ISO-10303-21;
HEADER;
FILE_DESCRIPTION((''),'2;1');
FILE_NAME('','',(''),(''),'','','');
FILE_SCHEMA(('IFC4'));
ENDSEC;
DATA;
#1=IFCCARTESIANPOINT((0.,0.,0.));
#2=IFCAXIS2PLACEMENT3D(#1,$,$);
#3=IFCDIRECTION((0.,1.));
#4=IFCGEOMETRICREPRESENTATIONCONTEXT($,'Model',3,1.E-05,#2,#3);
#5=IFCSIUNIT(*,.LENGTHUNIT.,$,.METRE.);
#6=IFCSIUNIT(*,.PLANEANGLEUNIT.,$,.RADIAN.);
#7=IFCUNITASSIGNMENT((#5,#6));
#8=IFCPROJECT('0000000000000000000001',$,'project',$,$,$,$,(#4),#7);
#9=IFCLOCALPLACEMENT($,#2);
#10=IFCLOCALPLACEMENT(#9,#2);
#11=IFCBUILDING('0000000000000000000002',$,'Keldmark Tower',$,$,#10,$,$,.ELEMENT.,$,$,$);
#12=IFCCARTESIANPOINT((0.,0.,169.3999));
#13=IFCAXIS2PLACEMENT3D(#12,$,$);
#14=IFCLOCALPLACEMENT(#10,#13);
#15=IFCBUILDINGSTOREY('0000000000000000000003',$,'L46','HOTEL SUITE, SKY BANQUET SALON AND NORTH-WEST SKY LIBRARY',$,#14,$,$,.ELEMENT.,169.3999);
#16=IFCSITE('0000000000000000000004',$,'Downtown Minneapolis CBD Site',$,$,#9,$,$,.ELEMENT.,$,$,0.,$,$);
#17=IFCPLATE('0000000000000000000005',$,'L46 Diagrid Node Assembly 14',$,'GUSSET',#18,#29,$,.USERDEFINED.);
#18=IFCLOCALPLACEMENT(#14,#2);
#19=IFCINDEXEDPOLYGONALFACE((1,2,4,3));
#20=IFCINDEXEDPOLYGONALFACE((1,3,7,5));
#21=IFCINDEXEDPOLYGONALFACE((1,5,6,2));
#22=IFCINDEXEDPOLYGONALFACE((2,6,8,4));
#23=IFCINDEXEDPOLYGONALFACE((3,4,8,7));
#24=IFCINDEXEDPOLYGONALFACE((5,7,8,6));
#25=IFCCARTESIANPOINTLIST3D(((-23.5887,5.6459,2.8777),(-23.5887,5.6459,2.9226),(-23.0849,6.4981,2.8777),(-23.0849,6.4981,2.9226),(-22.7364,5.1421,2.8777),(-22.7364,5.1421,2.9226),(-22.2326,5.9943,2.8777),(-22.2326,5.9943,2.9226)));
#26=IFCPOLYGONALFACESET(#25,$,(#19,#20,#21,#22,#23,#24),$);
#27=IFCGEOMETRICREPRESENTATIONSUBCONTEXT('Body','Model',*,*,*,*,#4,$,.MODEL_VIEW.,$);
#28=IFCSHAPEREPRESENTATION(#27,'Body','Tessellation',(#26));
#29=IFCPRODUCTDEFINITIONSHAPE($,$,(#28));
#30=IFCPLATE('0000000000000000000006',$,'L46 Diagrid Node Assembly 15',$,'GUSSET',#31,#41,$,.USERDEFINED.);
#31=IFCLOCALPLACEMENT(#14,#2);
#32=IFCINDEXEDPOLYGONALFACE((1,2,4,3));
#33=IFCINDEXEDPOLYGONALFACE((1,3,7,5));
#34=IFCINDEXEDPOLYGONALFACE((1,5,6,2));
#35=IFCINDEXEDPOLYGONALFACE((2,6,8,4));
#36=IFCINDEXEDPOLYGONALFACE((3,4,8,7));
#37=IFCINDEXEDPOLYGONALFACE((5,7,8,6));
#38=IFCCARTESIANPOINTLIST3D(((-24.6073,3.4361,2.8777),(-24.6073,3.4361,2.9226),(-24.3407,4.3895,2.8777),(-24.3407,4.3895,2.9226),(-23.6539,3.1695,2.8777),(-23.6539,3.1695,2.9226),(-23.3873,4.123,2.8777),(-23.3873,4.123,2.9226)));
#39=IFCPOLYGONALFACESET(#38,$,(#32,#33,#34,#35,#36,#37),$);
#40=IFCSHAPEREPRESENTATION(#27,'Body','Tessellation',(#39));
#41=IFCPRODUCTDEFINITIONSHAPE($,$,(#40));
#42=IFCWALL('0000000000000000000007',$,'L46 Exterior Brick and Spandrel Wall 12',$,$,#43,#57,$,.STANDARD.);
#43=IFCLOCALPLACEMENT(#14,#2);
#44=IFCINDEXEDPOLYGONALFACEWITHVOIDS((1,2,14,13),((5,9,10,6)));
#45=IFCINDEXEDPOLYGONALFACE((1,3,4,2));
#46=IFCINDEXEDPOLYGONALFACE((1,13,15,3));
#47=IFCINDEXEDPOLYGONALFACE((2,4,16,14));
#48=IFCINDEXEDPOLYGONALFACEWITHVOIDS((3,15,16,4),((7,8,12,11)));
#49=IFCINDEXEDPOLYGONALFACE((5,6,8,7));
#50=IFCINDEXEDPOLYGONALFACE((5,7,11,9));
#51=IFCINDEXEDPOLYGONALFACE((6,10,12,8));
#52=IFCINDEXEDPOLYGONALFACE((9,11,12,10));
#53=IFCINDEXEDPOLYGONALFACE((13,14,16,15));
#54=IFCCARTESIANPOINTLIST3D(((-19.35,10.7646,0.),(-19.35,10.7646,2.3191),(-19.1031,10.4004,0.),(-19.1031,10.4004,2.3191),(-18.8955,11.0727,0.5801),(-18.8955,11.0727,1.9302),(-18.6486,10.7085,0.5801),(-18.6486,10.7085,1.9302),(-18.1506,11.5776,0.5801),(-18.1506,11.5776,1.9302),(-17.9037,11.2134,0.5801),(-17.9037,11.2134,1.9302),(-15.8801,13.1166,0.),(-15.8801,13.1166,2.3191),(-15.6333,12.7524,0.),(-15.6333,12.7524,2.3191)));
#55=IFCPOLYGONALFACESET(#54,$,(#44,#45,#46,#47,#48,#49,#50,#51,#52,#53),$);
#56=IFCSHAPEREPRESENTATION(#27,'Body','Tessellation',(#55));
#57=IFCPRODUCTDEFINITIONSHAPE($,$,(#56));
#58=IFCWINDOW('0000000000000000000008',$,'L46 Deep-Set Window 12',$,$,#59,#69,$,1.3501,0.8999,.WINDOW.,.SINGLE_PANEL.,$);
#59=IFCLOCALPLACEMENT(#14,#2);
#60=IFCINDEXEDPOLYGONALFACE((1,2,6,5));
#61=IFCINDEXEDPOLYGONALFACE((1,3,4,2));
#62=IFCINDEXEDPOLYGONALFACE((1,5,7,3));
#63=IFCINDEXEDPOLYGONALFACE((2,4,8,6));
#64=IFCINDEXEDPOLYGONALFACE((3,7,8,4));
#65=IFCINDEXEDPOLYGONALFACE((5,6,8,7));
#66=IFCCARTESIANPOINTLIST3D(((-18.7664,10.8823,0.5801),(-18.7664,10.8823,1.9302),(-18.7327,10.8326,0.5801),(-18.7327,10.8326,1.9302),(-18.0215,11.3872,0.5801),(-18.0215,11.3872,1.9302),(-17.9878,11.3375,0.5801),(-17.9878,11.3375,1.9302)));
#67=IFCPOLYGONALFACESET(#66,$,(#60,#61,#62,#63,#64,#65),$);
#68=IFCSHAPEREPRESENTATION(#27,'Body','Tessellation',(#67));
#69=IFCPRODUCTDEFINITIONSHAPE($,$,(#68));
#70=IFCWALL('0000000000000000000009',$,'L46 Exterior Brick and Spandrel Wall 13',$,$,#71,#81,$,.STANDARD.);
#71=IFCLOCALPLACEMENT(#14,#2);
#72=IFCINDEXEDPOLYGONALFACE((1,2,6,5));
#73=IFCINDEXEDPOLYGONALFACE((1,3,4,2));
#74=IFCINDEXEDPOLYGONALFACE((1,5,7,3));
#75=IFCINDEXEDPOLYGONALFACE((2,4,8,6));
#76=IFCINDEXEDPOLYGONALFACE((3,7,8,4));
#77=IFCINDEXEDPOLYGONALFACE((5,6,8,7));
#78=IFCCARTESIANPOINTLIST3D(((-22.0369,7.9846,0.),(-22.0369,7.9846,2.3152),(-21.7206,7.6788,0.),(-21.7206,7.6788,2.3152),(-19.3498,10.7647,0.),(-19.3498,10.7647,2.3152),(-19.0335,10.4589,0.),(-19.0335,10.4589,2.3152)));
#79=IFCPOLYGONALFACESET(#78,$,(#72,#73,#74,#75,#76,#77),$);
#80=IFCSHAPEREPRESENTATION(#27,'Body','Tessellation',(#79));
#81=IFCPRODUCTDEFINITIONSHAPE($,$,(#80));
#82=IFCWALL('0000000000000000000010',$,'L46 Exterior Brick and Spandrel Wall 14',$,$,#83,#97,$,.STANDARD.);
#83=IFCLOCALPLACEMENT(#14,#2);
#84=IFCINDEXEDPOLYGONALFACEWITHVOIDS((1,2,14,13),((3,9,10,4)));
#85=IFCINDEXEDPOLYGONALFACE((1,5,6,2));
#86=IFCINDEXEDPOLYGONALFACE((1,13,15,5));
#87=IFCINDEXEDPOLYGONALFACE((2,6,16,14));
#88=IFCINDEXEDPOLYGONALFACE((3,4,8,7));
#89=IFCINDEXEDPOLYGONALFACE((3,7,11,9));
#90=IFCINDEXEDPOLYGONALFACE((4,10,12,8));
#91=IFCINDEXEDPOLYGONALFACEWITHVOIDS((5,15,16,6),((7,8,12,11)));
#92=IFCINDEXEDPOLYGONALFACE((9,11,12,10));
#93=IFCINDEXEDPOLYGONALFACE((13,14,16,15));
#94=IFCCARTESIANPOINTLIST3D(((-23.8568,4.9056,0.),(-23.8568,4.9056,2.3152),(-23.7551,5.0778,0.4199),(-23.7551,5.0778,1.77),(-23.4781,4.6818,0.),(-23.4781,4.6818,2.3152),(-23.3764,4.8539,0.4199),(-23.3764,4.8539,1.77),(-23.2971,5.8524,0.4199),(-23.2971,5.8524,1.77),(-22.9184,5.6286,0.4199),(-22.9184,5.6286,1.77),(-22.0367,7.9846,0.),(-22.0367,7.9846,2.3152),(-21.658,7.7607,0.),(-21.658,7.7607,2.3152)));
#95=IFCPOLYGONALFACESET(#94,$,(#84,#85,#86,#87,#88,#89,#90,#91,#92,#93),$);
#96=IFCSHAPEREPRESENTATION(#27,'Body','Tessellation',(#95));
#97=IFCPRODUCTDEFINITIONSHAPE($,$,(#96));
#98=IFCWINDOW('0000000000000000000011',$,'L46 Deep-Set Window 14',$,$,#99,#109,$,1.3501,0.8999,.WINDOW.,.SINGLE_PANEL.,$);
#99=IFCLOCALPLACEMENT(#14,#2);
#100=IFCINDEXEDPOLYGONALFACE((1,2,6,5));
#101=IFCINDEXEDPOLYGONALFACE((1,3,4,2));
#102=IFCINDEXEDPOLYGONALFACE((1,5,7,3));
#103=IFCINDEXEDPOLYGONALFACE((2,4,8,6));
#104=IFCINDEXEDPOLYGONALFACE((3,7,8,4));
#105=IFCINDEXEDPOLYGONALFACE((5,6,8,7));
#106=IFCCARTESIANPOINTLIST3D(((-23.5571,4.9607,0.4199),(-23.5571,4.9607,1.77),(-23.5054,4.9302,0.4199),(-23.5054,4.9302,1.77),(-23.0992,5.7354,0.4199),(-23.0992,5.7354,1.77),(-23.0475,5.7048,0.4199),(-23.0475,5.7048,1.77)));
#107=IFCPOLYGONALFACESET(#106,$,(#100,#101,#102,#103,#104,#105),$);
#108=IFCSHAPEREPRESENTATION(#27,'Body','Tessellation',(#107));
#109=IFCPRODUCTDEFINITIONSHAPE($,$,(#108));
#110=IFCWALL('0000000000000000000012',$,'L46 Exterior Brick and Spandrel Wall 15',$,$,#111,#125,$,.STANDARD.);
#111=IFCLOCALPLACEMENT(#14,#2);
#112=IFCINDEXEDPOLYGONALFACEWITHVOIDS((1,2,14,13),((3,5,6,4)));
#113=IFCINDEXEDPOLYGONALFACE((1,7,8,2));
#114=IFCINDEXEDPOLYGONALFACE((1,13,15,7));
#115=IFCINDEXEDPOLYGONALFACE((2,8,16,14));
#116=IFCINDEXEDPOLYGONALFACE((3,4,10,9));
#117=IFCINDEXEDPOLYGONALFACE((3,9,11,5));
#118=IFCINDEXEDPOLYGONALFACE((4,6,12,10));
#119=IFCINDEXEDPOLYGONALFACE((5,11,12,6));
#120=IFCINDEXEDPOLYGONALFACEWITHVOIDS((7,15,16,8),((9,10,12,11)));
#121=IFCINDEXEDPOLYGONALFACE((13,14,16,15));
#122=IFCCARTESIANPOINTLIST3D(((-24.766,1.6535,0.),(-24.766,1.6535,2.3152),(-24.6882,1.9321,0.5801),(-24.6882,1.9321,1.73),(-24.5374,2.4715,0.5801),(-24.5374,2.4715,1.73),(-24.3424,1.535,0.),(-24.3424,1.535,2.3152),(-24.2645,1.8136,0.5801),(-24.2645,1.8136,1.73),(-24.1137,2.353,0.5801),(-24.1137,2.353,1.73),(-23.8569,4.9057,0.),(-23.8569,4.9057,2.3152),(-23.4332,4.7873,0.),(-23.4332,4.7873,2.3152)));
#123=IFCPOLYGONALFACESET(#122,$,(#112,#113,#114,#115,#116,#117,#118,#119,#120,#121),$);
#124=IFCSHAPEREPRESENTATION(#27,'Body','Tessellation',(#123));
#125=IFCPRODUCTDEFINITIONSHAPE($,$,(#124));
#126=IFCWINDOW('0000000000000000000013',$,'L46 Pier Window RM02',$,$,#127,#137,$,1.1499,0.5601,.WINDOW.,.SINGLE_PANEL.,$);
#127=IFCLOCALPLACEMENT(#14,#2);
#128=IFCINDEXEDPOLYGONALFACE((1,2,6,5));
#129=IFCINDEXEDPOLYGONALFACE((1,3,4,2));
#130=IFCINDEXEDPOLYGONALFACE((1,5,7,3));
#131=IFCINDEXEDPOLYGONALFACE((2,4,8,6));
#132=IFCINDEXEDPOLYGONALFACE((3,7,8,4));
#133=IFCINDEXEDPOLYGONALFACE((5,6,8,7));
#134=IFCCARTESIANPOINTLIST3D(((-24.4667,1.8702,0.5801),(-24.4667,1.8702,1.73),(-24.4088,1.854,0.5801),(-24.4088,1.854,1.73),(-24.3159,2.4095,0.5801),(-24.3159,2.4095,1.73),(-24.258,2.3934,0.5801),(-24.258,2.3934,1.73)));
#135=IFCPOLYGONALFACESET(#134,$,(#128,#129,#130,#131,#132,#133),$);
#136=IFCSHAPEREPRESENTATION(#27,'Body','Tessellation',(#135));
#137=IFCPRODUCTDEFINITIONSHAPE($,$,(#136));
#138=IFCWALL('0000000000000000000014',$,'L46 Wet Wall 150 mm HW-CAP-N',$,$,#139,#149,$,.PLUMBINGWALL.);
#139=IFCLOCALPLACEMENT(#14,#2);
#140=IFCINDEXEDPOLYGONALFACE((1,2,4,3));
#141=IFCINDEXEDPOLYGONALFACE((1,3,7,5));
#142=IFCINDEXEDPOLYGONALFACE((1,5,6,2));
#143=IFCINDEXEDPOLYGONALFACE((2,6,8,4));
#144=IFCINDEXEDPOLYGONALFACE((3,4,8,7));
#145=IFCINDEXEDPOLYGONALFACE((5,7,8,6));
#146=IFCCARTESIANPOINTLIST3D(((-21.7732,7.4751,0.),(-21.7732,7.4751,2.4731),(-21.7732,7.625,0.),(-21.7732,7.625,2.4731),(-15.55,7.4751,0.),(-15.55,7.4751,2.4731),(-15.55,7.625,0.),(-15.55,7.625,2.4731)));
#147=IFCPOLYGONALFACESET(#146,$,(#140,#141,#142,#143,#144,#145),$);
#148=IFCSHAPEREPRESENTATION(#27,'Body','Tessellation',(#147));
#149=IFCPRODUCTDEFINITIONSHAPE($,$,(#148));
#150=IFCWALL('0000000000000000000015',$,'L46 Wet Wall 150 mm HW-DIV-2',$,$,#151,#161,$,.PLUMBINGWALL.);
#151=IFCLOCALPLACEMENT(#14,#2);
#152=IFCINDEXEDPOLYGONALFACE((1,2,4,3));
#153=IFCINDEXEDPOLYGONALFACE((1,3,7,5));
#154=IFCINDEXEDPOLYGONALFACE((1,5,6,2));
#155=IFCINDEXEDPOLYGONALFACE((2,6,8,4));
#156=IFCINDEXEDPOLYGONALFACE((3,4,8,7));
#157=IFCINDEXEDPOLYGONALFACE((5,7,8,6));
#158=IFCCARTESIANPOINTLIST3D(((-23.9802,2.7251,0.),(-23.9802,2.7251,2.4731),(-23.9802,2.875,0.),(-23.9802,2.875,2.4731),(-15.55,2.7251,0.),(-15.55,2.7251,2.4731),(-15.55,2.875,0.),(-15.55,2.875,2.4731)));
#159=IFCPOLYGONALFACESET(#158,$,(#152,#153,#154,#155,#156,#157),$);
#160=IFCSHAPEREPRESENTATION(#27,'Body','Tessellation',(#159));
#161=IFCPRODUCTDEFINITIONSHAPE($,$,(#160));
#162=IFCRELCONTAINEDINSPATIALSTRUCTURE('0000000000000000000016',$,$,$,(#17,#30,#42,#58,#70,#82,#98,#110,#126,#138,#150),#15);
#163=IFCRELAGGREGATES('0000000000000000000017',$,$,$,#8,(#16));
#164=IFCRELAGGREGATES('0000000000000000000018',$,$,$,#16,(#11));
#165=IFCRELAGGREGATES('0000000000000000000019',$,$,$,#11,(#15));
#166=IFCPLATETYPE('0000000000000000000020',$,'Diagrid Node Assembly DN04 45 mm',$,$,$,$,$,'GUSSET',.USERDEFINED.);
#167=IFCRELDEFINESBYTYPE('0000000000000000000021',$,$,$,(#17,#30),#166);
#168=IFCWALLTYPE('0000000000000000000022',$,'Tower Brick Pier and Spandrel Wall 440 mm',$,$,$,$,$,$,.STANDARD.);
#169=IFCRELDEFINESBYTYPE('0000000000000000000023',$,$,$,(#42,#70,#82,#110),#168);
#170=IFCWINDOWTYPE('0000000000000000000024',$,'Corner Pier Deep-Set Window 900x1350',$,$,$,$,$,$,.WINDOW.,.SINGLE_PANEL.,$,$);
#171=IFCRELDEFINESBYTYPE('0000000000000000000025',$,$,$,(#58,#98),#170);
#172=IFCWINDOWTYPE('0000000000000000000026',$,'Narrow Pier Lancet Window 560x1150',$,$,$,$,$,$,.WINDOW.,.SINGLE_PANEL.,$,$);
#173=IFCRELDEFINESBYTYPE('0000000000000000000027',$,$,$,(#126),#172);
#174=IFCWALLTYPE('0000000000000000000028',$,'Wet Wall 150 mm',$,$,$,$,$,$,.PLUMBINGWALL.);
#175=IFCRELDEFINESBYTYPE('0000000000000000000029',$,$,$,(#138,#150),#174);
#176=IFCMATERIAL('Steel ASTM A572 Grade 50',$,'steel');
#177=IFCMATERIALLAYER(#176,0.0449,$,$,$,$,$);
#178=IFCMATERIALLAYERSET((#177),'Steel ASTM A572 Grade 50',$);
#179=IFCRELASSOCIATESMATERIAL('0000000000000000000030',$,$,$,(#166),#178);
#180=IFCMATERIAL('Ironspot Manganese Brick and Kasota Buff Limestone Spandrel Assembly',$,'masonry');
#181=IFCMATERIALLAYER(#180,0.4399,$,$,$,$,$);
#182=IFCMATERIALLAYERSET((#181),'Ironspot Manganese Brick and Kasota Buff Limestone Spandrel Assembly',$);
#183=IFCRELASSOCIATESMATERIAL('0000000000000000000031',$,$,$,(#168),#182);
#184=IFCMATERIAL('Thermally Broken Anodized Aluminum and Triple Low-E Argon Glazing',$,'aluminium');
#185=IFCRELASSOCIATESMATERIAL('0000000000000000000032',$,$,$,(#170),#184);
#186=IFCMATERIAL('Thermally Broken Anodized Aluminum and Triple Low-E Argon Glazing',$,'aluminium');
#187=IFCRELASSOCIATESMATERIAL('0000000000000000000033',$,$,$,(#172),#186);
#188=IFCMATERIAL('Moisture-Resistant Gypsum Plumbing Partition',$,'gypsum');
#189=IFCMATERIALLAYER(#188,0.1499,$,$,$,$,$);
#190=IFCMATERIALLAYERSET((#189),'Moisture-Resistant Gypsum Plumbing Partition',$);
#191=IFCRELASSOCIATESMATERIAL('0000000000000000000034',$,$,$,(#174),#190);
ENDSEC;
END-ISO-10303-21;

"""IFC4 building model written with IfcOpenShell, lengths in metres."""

from ifc_helpers import new_model, si_unit, direction, frame, frame_2d, origin, origin_2d, place, context, subcontext, project, spatial, rectangle, extrude, material, layer, layer_set, type_object, element, fill, save


model = new_model("IFC4")

# Units and contexts
model_context = context("Model", 3, precision=1e-05, world=origin(), true_north=direction((0.0, 1.0)))
body_context = subcontext(model_context, "Body", "Model", "MODEL_VIEW")
ifc_project = project(units=[si_unit("LENGTHUNIT", "METRE"), si_unit("PLANEANGLEUNIT", "RADIAN")], contexts=[model_context])

# Site, building, storey
site_placement = place(None, origin())
site = spatial("IfcSite", under=ifc_project, at=site_placement, Name="Downtown Minneapolis CBD Site", CompositionType="ELEMENT", RefElevation=0.0)
building_placement = place(site_placement, origin())
building = spatial("IfcBuilding", under=site, at=building_placement, Name="Keldmark Tower", CompositionType="ELEMENT")
storey_placement = place(building_placement, frame((0.0, 0.0, 169.3999)))
storey = spatial("IfcBuildingStorey", under=building, at=storey_placement, Name="L46", Description="HOTEL SUITE, SKY BANQUET SALON AND NORTH-WEST SKY LIBRARY", CompositionType="ELEMENT", Elevation=169.3999)

# Plates
ifc_material_1 = material(Name="Steel ASTM A572 Grade 50", Category="steel")
ifc_layer_1 = layer(ifc_material_1, 0.0449)
ifc_layer_set_1 = layer_set([ifc_layer_1], Name="Steel ASTM A572 Grade 50")
plate_type = type_object("IfcPlateType", Name="Diagrid Node Assembly DN04 45 mm", ElementType="GUSSET", PredefinedType="USERDEFINED", material=ifc_layer_set_1)
for number, where, z_axis, x_axis, name in (
    (1, (-22.9106, 5.8201, 2.8777), (0.0, 0.0, 1.0), (-0.508891, -0.860831, 0.0), "L46 Diagrid Node Assembly 14"),
    (2, (-23.9973, 3.7795, 2.8777), (0.0, 0.0, 1.0), (-0.269256, -0.963069, 0.0), "L46 Diagrid Node Assembly 15"),
):
    element("IfcPlate", number, at=place(storey_placement, frame(where, z_axis=z_axis, x_axis=x_axis)), inside=storey, type_object=plate_type, Name=name, ObjectType="GUSSET", PredefinedType="USERDEFINED", context=body_context, shape_type="SweptSolid", body=[
        extrude(rectangle(XDim=0.99, YDim=0.99, at=origin_2d()), origin(), (0.0, 0.0, 1.0), 0.0449),
    ])

# Wall, opening, window
ifc_material_2 = material(Name="Ironspot Manganese Brick and Kasota Buff Limestone Spandrel Assembly", Category="masonry")
ifc_layer_2 = layer(ifc_material_2, 0.4399)
ifc_layer_set_2 = layer_set([ifc_layer_2], Name="Ironspot Manganese Brick and Kasota Buff Limestone Spandrel Assembly")
wall_type_1 = type_object("IfcWallType", Name="Tower Brick Pier and Spandrel Wall 440 mm", PredefinedType="STANDARD", material=ifc_layer_set_2)
wall_1_placement = place(storey_placement, frame((-19.2266, 10.5825, 0.0), z_axis=(0.0, 0.0, 1.0), x_axis=(0.827761, 0.561081, 0.0)))
wall_1 = element("IfcWall", 3, at=wall_1_placement, inside=storey, type_object=wall_type_1, Name="L46 Exterior Brick and Spandrel Wall 12", PredefinedType="STANDARD", context=body_context, shape_type="SweptSolid", body=[
    extrude(rectangle(XDim=4.1919, YDim=0.4399, at=frame_2d((2.0959, 0.0))), origin(), (0.0, 0.0, 1.0), 2.3191),
])
opening_1_placement = place(wall_1_placement, frame((0.5491, 0.0, 0.5801)))
opening_1 = element("IfcOpeningElement", 4, at=opening_1_placement, cuts=wall_1, PredefinedType="OPENING", context=body_context, shape_type="SweptSolid", body=[
    extrude(rectangle(XDim=0.8999, YDim=1.3501, at=frame_2d((0.45, 0.675))), frame((0.0, 0.23, 0.0), z_axis=(0.0, -1.0, 0.0), x_axis=(1.0, 0.0, 0.0)), (0.0, 0.0, 1.0), 0.46),
])
ifc_material_3 = material(Name="Thermally Broken Anodized Aluminum and Triple Low-E Argon Glazing", Category="aluminium")
window_type_1 = type_object("IfcWindowType", Name="Corner Pier Deep-Set Window 900x1350", PartitioningType="SINGLE_PANEL", PredefinedType="WINDOW", material=ifc_material_3)
window_1_placement = place(opening_1_placement, origin())
window_1 = element("IfcWindow", 5, at=window_1_placement, inside=storey, type_object=window_type_1, Name="L46 Deep-Set Window 12", OverallHeight=1.3501, OverallWidth=0.8999, PartitioningType="SINGLE_PANEL", PredefinedType="WINDOW", context=body_context, shape_type="SweptSolid", body=[
    extrude(rectangle(XDim=0.8999, YDim=1.3501, at=frame_2d((0.45, 0.675))), frame((0.0, -0.01, 0.0), z_axis=(0.0, -1.0, 0.0), x_axis=(1.0, 0.0, 0.0)), (0.0, 0.0, 1.0), 0.0601),
])
fill(opening_1, window_1)

# Wall
wall_2_placement = place(storey_placement, frame((-21.8787, 7.8318, 0.0), z_axis=(0.0, 0.0, 1.0), x_axis=(0.694975, 0.719034, 0.0)))
element("IfcWall", 6, at=wall_2_placement, inside=storey, type_object=wall_type_1, Name="L46 Exterior Brick and Spandrel Wall 13", PredefinedType="STANDARD", context=body_context, shape_type="SweptSolid", body=[
    extrude(rectangle(XDim=3.8665, YDim=0.4399, at=frame_2d((1.9331, 0.0))), origin(), (0.0, 0.0, 1.0), 2.3152),
])

# Walls, openings, windows
wall_3_placement = place(storey_placement, frame((-23.6675, 4.7937, 0.0), z_axis=(0.0, 0.0, 1.0), x_axis=(0.508883, 0.860835, 0.0)))
wall_3 = element("IfcWall", 7, at=wall_3_placement, inside=storey, type_object=wall_type_1, Name="L46 Exterior Brick and Spandrel Wall 14", PredefinedType="STANDARD", context=body_context, shape_type="SweptSolid", body=[
    extrude(rectangle(XDim=3.5767, YDim=0.4399, at=frame_2d((1.7883, 0.0))), origin(), (0.0, 0.0, 1.0), 2.3152),
])
opening_2_placement = place(wall_3_placement, frame((0.2, 0.0, 0.4199)))
opening_2 = element("IfcOpeningElement", 8, at=opening_2_placement, cuts=wall_3, PredefinedType="OPENING", context=body_context, shape_type="SweptSolid", body=[
    extrude(rectangle(XDim=0.8999, YDim=1.3501, at=frame_2d((0.45, 0.675))), frame((0.0, 0.23, 0.0), z_axis=(0.0, -1.0, 0.0), x_axis=(1.0, 0.0, 0.0)), (0.0, 0.0, 1.0), 0.46),
])
window_2_placement = place(opening_2_placement, origin())
window_2 = element("IfcWindow", 9, at=window_2_placement, inside=storey, type_object=window_type_1, Name="L46 Deep-Set Window 14", OverallHeight=1.3501, OverallWidth=0.8999, PartitioningType="SINGLE_PANEL", PredefinedType="WINDOW", context=body_context, shape_type="SweptSolid", body=[
    extrude(rectangle(XDim=0.8999, YDim=1.3501, at=frame_2d((0.45, 0.675))), frame((0.0, -0.01, 0.0), z_axis=(0.0, -1.0, 0.0), x_axis=(1.0, 0.0, 0.0)), (0.0, 0.0, 1.0), 0.0601),
])
fill(opening_2, window_2)
wall_4_placement = place(storey_placement, frame((-24.5542, 1.5942, 0.0), z_axis=(0.0, 0.0, 1.0), x_axis=(0.269236, 0.963074, 0.0)))
wall_4 = element("IfcWall", 10, at=wall_4_placement, inside=storey, type_object=wall_type_1, Name="L46 Exterior Brick and Spandrel Wall 15", PredefinedType="STANDARD", context=body_context, shape_type="SweptSolid", body=[
    extrude(rectangle(XDim=3.377, YDim=0.4399, at=frame_2d((1.6885, 0.0))), origin(), (0.0, 0.0, 1.0), 2.3152),
])
opening_3_placement = place(wall_4_placement, frame((0.2893, 0.0, 0.5801)))
opening_3 = element("IfcOpeningElement", 11, at=opening_3_placement, cuts=wall_4, PredefinedType="OPENING", context=body_context, shape_type="SweptSolid", body=[
    extrude(rectangle(XDim=0.5601, YDim=1.1499, at=frame_2d((0.28, 0.575))), frame((0.0, 0.23, 0.0), z_axis=(0.0, -1.0, 0.0), x_axis=(1.0, 0.0, 0.0)), (0.0, 0.0, 1.0), 0.46),
])
ifc_material_4 = material(Name="Thermally Broken Anodized Aluminum and Triple Low-E Argon Glazing", Category="aluminium")
window_type_2 = type_object("IfcWindowType", Name="Narrow Pier Lancet Window 560x1150", PartitioningType="SINGLE_PANEL", PredefinedType="WINDOW", material=ifc_material_4)
window_3_placement = place(opening_3_placement, origin())
window_3 = element("IfcWindow", 12, at=window_3_placement, inside=storey, type_object=window_type_2, Name="L46 Pier Window RM02", OverallHeight=1.1499, OverallWidth=0.5601, PartitioningType="SINGLE_PANEL", PredefinedType="WINDOW", context=body_context, shape_type="SweptSolid", body=[
    extrude(rectangle(XDim=0.5601, YDim=1.1499, at=frame_2d((0.28, 0.575))), frame((0.0, -0.01, 0.0), z_axis=(0.0, -1.0, 0.0), x_axis=(1.0, 0.0, 0.0)), (0.0, 0.0, 1.0), 0.0601),
])
fill(opening_3, window_3)

# Walls
ifc_material_5 = material(Name="Moisture-Resistant Gypsum Plumbing Partition", Category="gypsum")
ifc_layer_3 = layer(ifc_material_5, 0.1499)
ifc_layer_set_3 = layer_set([ifc_layer_3], Name="Moisture-Resistant Gypsum Plumbing Partition")
wall_type_2 = type_object("IfcWallType", Name="Wet Wall 150 mm", PredefinedType="PLUMBINGWALL", material=ifc_layer_set_3)
wall_5_placement = place(storey_placement, frame((-21.7732, 7.55, 0.0), z_axis=(0.0, 0.0, 1.0), x_axis=(1.0, 0.0, 0.0)))
element("IfcWall", 13, at=wall_5_placement, inside=storey, type_object=wall_type_2, Name="L46 Wet Wall 150 mm HW-CAP-N", PredefinedType="PLUMBINGWALL", context=body_context, shape_type="SweptSolid", body=[
    extrude(rectangle(XDim=6.2231, YDim=0.1499, at=frame_2d((3.1116, 0.0))), origin(), (0.0, 0.0, 1.0), 2.4731),
])
wall_6_placement = place(storey_placement, frame((-23.9802, 2.8, 0.0), z_axis=(0.0, 0.0, 1.0), x_axis=(1.0, 0.0, 0.0)))
element("IfcWall", 14, at=wall_6_placement, inside=storey, type_object=wall_type_2, Name="L46 Wet Wall 150 mm HW-DIV-2", PredefinedType="PLUMBINGWALL", context=body_context, shape_type="SweptSolid", body=[
    extrude(rectangle(XDim=8.4302, YDim=0.1499, at=frame_2d((4.2151, 0.0))), origin(), (0.0, 0.0, 1.0), 2.4731),
])

save(model, "model.ifc")
